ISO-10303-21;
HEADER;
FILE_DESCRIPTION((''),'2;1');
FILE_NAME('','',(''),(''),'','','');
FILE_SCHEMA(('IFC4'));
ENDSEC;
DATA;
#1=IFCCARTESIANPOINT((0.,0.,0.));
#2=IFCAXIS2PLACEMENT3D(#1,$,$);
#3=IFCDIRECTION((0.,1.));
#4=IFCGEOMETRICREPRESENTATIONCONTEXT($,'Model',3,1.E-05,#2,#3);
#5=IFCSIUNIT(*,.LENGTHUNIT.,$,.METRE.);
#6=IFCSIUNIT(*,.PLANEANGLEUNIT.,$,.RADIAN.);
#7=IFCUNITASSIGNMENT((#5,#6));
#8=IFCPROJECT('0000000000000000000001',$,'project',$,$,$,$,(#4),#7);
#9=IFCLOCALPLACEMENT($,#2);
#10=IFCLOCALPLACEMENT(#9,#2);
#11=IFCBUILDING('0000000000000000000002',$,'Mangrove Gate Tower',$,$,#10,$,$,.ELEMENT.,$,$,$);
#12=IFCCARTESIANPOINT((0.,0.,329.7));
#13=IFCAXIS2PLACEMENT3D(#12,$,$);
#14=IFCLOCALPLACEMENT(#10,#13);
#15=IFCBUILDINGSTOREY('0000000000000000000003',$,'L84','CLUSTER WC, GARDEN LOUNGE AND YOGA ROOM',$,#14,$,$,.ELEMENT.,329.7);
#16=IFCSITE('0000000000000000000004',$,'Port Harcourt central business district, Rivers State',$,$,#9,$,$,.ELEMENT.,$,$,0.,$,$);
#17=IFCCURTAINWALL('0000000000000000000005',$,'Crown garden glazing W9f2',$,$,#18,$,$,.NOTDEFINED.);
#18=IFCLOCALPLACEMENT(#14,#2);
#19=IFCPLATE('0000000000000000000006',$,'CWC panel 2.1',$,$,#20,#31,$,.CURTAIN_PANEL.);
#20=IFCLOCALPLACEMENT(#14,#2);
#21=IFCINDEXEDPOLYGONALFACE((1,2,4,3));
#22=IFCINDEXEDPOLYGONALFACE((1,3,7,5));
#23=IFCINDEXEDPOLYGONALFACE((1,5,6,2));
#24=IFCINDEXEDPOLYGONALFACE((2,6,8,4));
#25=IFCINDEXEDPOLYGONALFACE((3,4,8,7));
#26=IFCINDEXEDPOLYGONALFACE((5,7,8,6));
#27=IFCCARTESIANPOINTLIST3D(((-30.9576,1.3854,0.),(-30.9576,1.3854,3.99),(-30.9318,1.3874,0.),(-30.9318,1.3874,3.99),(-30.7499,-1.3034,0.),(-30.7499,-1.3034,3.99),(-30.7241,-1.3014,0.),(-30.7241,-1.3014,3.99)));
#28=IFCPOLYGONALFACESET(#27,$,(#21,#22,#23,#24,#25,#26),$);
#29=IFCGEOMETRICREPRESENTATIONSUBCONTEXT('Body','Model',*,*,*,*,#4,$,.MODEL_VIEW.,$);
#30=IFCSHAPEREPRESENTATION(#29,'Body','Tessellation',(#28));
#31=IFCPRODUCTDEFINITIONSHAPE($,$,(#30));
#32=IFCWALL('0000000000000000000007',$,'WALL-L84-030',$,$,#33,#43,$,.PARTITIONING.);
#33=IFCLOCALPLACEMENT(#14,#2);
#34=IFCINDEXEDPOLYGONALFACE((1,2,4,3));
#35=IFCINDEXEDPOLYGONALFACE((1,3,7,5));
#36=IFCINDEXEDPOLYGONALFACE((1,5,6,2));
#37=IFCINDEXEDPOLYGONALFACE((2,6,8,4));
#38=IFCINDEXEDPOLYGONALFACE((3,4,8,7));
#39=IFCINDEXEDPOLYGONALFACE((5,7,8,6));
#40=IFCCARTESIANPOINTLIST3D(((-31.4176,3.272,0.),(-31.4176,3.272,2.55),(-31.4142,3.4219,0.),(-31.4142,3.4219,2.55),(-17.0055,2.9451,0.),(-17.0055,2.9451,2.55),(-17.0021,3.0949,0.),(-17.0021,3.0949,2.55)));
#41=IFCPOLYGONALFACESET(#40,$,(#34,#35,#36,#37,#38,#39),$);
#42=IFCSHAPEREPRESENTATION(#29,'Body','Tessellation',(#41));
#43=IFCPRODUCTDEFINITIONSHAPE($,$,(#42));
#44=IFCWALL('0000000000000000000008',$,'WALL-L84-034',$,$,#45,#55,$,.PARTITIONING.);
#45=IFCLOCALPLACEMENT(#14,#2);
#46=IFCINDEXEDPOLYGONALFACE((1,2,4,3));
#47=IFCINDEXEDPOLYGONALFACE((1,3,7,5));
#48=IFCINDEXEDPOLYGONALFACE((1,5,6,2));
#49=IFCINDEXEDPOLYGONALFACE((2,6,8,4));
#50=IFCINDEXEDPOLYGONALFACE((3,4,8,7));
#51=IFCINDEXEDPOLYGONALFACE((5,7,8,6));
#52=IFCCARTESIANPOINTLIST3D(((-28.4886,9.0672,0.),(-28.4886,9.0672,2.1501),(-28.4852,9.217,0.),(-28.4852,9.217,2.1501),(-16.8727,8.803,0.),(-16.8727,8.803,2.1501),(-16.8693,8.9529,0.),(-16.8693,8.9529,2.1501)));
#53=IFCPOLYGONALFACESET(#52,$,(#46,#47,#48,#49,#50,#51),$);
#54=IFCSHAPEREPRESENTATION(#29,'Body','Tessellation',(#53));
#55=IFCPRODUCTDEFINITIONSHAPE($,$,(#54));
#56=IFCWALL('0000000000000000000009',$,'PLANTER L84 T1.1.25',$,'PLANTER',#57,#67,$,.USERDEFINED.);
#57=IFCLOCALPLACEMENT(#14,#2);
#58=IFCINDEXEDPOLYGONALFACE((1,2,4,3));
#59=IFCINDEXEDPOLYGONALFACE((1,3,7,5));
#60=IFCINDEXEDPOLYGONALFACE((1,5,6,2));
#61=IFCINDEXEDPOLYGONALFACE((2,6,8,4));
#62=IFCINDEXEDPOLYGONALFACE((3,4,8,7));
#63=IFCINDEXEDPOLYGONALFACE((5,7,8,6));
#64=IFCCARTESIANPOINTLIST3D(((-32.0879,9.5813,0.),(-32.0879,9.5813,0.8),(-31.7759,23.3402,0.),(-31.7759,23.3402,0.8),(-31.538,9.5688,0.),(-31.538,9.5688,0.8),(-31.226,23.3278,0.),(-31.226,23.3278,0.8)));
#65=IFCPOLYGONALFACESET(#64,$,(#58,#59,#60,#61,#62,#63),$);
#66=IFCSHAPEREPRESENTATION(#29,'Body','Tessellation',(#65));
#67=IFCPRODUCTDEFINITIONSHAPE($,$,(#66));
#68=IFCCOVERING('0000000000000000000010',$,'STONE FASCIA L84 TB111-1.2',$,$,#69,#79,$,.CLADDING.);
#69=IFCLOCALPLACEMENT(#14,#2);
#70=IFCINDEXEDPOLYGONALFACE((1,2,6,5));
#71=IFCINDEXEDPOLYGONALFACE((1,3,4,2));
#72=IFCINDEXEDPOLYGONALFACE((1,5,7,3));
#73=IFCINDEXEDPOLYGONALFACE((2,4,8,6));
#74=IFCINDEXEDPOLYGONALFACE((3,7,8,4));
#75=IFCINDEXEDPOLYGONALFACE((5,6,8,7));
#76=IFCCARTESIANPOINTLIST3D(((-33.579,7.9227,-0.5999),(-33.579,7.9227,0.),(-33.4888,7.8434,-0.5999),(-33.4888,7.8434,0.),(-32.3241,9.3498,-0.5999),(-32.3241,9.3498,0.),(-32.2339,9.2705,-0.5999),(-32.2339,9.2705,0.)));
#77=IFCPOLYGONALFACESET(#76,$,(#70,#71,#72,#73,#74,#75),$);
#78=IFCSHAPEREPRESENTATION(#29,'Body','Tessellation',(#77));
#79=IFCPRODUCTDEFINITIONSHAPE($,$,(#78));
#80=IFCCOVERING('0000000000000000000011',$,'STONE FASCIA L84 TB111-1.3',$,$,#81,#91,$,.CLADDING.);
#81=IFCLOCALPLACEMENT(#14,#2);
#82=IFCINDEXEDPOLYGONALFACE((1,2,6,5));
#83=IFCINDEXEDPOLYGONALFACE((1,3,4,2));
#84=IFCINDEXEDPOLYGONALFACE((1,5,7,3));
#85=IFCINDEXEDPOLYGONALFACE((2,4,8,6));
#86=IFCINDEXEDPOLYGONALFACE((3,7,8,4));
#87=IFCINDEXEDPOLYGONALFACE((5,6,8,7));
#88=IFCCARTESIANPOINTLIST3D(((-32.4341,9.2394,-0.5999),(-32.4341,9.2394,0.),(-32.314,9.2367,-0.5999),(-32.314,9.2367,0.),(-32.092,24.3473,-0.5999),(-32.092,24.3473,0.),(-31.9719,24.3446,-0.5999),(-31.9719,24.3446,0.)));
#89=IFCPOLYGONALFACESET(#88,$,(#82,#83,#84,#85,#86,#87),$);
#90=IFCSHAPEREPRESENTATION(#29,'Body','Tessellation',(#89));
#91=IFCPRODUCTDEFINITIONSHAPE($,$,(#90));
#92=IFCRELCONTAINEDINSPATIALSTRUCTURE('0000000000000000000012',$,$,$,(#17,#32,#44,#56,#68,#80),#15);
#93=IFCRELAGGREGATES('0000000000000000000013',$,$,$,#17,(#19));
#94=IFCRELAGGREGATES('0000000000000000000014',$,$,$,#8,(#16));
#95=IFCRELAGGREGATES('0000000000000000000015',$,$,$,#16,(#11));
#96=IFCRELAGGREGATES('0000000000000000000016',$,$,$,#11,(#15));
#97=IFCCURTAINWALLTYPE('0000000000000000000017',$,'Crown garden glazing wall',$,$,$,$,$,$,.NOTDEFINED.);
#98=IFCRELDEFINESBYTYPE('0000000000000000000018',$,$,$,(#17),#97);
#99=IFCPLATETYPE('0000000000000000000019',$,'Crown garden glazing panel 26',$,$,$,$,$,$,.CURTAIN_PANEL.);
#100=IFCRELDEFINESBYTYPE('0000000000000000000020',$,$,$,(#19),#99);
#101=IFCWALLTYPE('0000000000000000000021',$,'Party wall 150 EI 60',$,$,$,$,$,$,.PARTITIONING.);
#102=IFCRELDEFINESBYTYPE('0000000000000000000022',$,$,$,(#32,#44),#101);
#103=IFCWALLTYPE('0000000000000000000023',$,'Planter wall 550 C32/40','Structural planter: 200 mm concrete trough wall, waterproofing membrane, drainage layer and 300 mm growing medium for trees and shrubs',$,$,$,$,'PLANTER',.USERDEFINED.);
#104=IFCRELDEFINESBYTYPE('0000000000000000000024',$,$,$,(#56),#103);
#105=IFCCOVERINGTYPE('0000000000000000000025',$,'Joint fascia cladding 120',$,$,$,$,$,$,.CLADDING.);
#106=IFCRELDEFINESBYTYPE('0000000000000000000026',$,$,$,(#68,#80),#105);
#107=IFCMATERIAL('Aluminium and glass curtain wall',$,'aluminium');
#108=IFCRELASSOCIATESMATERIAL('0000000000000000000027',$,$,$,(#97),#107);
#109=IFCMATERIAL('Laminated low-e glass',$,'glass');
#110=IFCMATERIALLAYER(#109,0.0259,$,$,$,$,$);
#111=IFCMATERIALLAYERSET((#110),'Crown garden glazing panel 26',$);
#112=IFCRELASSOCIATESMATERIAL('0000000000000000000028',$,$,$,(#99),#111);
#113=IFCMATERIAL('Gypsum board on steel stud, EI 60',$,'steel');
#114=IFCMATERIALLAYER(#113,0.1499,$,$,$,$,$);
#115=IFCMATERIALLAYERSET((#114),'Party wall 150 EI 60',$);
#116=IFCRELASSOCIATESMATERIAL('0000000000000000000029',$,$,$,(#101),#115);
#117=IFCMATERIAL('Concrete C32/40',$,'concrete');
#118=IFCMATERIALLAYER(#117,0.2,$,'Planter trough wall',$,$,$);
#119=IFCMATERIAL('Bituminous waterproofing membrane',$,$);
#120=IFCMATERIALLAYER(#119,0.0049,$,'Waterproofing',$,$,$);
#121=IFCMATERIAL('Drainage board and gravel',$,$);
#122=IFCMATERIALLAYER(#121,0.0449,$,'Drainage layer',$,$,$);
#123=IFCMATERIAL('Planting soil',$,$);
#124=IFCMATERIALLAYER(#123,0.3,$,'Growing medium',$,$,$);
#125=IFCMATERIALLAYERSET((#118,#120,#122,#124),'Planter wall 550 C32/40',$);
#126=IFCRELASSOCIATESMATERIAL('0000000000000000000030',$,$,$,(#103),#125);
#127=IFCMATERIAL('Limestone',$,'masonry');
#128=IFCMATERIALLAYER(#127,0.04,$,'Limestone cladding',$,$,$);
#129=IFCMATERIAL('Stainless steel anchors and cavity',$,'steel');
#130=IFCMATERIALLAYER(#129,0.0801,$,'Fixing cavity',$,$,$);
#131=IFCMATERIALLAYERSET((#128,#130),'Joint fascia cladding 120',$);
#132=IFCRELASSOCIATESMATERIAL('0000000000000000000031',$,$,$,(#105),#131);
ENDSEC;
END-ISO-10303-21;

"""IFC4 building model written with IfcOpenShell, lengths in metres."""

from ifc_helpers import new_model, si_unit, direction, frame, frame_2d, origin, origin_2d, place, context, subcontext, project, spatial, rectangle, extrude, material, layer, layer_set, type_object, element, aggregate, save


model = new_model("IFC4")

# Units and contexts
model_context = context("Model", 3, precision=1e-05, world=origin(), true_north=direction((0.0, 1.0)))
body_context = subcontext(model_context, "Body", "Model", "MODEL_VIEW")
ifc_project = project(units=[si_unit("LENGTHUNIT", "METRE"), si_unit("PLANEANGLEUNIT", "RADIAN")], contexts=[model_context])

# Site, building, storey
site_placement = place(None, origin())
site = spatial("IfcSite", under=ifc_project, at=site_placement, Name="Port Harcourt central business district, Rivers State", CompositionType="ELEMENT", RefElevation=0.0)
building_placement = place(site_placement, origin())
building = spatial("IfcBuilding", under=site, at=building_placement, Name="Mangrove Gate Tower", CompositionType="ELEMENT")
storey_placement = place(building_placement, frame((0.0, 0.0, 329.7)))
storey = spatial("IfcBuildingStorey", under=building, at=storey_placement, Name="L84", Description="CLUSTER WC, GARDEN LOUNGE AND YOGA ROOM", CompositionType="ELEMENT", Elevation=329.7)

# Curtain wall
ifc_material_1 = material(Name="Aluminium and glass curtain wall", Category="aluminium")
curtain_wall_type = type_object("IfcCurtainWallType", Name="Crown garden glazing wall", PredefinedType="NOTDEFINED", material=ifc_material_1)
curtain_wall_1_placement = place(storey_placement, origin())
curtain_wall_1 = element("IfcCurtainWall", 1, at=curtain_wall_1_placement, inside=storey, type_object=curtain_wall_type, Name="Crown garden glazing W9f2", PredefinedType="NOTDEFINED")

# Plate
ifc_material_2 = material(Name="Laminated low-e glass", Category="glass")
ifc_layer_1 = layer(ifc_material_2, 0.0259)
ifc_layer_set_1 = layer_set([ifc_layer_1], Name="Crown garden glazing panel 26")
plate_type = type_object("IfcPlateType", Name="Crown garden glazing panel 26", PredefinedType="CURTAIN_PANEL", material=ifc_layer_set_1)
plate_1_placement = place(storey_placement, frame((-30.8408, 0.042, 0.0), z_axis=(0.0, 0.0, 1.0), x_axis=(0.077023, -0.997029, 0.0)))
plate_1 = element("IfcPlate", 2, at=plate_1_placement, type_object=plate_type, Name="CWC panel 2.1", PredefinedType="CURTAIN_PANEL", context=body_context, shape_type="SweptSolid", body=[
    extrude(rectangle(XDim=2.6968, YDim=0.0259, at=origin_2d()), origin(), (0.0, 0.0, 1.0), 3.99),
])
aggregate(curtain_wall_1, [plate_1])

# Walls
ifc_material_3 = material(Name="Gypsum board on steel stud, EI 60", Category="steel")
ifc_layer_2 = layer(ifc_material_3, 0.1499)
ifc_layer_set_2 = layer_set([ifc_layer_2], Name="Party wall 150 EI 60")
wall_type_1 = type_object("IfcWallType", Name="Party wall 150 EI 60", PredefinedType="PARTITIONING", material=ifc_layer_set_2)
wall_1_placement = place(storey_placement, frame((-31.416, 3.3469, 0.0), z_axis=(0.0, 0.0, 1.0), x_axis=(0.999743, -0.022677, 0.0)))
element("IfcWall", 3, at=wall_1_placement, inside=storey, type_object=wall_type_1, Name="WALL-L84-030", PredefinedType="PARTITIONING", context=body_context, shape_type="SweptSolid", body=[
    extrude(rectangle(XDim=14.4158, YDim=0.1499, at=frame_2d((7.208, 0.0))), origin(), (0.0, 0.0, 1.0), 2.55),
])
wall_2_placement = place(storey_placement, frame((-28.4871, 9.1421, 0.0), z_axis=(0.0, 0.0, 1.0), x_axis=(0.999742, -0.022735, 0.0)))
element("IfcWall", 4, at=wall_2_placement, inside=storey, type_object=wall_type_1, Name="WALL-L84-034", PredefinedType="PARTITIONING", context=body_context, shape_type="SweptSolid", body=[
    extrude(rectangle(XDim=11.6189, YDim=0.1499, at=frame_2d((5.8096, 0.0))), origin(), (0.0, 0.0, 1.0), 2.1501),
])
ifc_material_4 = material(Name="Concrete C32/40", Category="concrete")
ifc_layer_3 = layer(ifc_material_4, 0.2, Name="Planter trough wall")
ifc_material_5 = material(Name="Bituminous waterproofing membrane")
ifc_layer_4 = layer(ifc_material_5, 0.0049, Name="Waterproofing")
ifc_material_6 = material(Name="Drainage board and gravel")
ifc_layer_5 = layer(ifc_material_6, 0.0449, Name="Drainage layer")
ifc_material_7 = material(Name="Planting soil")
ifc_layer_6 = layer(ifc_material_7, 0.3, Name="Growing medium")
ifc_layer_set_3 = layer_set([ifc_layer_3, ifc_layer_4, ifc_layer_5, ifc_layer_6], Name="Planter wall 550 C32/40")
wall_type_2 = type_object("IfcWallType", Name="Planter wall 550 C32/40", Description="Structural planter: 200 mm concrete trough wall, waterproofing membrane, drainage layer and 300 mm growing medium for trees and shrubs", ElementType="PLANTER", PredefinedType="USERDEFINED", material=ifc_layer_set_3)
wall_3_placement = place(storey_placement, frame((-31.813, 9.575, 0.0), z_axis=(0.0, 0.0, 1.0), x_axis=(0.022671, 0.999743, 0.0)))
element("IfcWall", 5, at=wall_3_placement, inside=storey, type_object=wall_type_2, Name="PLANTER L84 T1.1.25", ObjectType="PLANTER", PredefinedType="USERDEFINED", context=body_context, shape_type="SweptSolid", body=[
    extrude(rectangle(XDim=13.7625, YDim=0.55, at=frame_2d((6.8813, 0.0))), origin(), (0.0, 0.0, 1.0), 0.8),
])

# Coverings
ifc_material_8 = material(Name="Limestone", Category="masonry")
ifc_layer_7 = layer(ifc_material_8, 0.04, Name="Limestone cladding")
ifc_material_9 = material(Name="Stainless steel anchors and cavity", Category="steel")
ifc_layer_8 = layer(ifc_material_9, 0.0801, Name="Fixing cavity")
ifc_layer_set_4 = layer_set([ifc_layer_7, ifc_layer_8], Name="Joint fascia cladding 120")
covering_type = type_object("IfcCoveringType", Name="Joint fascia cladding 120", PredefinedType="CLADDING", material=ifc_layer_set_4)
covering_1_placement = place(storey_placement, frame((-33.5339, 7.8831, -0.5999), z_axis=(0.0, 0.0, 1.0), x_axis=(0.660367, 0.750943, 0.0)))
element("IfcCovering", 6, at=covering_1_placement, inside=storey, type_object=covering_type, Name="STONE FASCIA L84 TB111-1.2", PredefinedType="CLADDING", context=body_context, shape_type="SweptSolid", body=[
    extrude(rectangle(XDim=1.9004, YDim=0.1201, at=frame_2d((0.9502, 0.0))), origin(), (0.0, 0.0, 1.0), 0.5999),
])
covering_2_placement = place(storey_placement, frame((-32.374, 9.238, -0.5999), z_axis=(0.0, 0.0, 1.0), x_axis=(0.022634, 0.999744, 0.0)))
element("IfcCovering", 7, at=covering_2_placement, inside=storey, type_object=covering_type, Name="STONE FASCIA L84 TB111-1.3", PredefinedType="CLADDING", context=body_context, shape_type="SweptSolid", body=[
    extrude(rectangle(XDim=15.1118, YDim=0.1201, at=frame_2d((7.5559, 0.0))), origin(), (0.0, 0.0, 1.0), 0.5999),
])

save(model, "model.ifc")
